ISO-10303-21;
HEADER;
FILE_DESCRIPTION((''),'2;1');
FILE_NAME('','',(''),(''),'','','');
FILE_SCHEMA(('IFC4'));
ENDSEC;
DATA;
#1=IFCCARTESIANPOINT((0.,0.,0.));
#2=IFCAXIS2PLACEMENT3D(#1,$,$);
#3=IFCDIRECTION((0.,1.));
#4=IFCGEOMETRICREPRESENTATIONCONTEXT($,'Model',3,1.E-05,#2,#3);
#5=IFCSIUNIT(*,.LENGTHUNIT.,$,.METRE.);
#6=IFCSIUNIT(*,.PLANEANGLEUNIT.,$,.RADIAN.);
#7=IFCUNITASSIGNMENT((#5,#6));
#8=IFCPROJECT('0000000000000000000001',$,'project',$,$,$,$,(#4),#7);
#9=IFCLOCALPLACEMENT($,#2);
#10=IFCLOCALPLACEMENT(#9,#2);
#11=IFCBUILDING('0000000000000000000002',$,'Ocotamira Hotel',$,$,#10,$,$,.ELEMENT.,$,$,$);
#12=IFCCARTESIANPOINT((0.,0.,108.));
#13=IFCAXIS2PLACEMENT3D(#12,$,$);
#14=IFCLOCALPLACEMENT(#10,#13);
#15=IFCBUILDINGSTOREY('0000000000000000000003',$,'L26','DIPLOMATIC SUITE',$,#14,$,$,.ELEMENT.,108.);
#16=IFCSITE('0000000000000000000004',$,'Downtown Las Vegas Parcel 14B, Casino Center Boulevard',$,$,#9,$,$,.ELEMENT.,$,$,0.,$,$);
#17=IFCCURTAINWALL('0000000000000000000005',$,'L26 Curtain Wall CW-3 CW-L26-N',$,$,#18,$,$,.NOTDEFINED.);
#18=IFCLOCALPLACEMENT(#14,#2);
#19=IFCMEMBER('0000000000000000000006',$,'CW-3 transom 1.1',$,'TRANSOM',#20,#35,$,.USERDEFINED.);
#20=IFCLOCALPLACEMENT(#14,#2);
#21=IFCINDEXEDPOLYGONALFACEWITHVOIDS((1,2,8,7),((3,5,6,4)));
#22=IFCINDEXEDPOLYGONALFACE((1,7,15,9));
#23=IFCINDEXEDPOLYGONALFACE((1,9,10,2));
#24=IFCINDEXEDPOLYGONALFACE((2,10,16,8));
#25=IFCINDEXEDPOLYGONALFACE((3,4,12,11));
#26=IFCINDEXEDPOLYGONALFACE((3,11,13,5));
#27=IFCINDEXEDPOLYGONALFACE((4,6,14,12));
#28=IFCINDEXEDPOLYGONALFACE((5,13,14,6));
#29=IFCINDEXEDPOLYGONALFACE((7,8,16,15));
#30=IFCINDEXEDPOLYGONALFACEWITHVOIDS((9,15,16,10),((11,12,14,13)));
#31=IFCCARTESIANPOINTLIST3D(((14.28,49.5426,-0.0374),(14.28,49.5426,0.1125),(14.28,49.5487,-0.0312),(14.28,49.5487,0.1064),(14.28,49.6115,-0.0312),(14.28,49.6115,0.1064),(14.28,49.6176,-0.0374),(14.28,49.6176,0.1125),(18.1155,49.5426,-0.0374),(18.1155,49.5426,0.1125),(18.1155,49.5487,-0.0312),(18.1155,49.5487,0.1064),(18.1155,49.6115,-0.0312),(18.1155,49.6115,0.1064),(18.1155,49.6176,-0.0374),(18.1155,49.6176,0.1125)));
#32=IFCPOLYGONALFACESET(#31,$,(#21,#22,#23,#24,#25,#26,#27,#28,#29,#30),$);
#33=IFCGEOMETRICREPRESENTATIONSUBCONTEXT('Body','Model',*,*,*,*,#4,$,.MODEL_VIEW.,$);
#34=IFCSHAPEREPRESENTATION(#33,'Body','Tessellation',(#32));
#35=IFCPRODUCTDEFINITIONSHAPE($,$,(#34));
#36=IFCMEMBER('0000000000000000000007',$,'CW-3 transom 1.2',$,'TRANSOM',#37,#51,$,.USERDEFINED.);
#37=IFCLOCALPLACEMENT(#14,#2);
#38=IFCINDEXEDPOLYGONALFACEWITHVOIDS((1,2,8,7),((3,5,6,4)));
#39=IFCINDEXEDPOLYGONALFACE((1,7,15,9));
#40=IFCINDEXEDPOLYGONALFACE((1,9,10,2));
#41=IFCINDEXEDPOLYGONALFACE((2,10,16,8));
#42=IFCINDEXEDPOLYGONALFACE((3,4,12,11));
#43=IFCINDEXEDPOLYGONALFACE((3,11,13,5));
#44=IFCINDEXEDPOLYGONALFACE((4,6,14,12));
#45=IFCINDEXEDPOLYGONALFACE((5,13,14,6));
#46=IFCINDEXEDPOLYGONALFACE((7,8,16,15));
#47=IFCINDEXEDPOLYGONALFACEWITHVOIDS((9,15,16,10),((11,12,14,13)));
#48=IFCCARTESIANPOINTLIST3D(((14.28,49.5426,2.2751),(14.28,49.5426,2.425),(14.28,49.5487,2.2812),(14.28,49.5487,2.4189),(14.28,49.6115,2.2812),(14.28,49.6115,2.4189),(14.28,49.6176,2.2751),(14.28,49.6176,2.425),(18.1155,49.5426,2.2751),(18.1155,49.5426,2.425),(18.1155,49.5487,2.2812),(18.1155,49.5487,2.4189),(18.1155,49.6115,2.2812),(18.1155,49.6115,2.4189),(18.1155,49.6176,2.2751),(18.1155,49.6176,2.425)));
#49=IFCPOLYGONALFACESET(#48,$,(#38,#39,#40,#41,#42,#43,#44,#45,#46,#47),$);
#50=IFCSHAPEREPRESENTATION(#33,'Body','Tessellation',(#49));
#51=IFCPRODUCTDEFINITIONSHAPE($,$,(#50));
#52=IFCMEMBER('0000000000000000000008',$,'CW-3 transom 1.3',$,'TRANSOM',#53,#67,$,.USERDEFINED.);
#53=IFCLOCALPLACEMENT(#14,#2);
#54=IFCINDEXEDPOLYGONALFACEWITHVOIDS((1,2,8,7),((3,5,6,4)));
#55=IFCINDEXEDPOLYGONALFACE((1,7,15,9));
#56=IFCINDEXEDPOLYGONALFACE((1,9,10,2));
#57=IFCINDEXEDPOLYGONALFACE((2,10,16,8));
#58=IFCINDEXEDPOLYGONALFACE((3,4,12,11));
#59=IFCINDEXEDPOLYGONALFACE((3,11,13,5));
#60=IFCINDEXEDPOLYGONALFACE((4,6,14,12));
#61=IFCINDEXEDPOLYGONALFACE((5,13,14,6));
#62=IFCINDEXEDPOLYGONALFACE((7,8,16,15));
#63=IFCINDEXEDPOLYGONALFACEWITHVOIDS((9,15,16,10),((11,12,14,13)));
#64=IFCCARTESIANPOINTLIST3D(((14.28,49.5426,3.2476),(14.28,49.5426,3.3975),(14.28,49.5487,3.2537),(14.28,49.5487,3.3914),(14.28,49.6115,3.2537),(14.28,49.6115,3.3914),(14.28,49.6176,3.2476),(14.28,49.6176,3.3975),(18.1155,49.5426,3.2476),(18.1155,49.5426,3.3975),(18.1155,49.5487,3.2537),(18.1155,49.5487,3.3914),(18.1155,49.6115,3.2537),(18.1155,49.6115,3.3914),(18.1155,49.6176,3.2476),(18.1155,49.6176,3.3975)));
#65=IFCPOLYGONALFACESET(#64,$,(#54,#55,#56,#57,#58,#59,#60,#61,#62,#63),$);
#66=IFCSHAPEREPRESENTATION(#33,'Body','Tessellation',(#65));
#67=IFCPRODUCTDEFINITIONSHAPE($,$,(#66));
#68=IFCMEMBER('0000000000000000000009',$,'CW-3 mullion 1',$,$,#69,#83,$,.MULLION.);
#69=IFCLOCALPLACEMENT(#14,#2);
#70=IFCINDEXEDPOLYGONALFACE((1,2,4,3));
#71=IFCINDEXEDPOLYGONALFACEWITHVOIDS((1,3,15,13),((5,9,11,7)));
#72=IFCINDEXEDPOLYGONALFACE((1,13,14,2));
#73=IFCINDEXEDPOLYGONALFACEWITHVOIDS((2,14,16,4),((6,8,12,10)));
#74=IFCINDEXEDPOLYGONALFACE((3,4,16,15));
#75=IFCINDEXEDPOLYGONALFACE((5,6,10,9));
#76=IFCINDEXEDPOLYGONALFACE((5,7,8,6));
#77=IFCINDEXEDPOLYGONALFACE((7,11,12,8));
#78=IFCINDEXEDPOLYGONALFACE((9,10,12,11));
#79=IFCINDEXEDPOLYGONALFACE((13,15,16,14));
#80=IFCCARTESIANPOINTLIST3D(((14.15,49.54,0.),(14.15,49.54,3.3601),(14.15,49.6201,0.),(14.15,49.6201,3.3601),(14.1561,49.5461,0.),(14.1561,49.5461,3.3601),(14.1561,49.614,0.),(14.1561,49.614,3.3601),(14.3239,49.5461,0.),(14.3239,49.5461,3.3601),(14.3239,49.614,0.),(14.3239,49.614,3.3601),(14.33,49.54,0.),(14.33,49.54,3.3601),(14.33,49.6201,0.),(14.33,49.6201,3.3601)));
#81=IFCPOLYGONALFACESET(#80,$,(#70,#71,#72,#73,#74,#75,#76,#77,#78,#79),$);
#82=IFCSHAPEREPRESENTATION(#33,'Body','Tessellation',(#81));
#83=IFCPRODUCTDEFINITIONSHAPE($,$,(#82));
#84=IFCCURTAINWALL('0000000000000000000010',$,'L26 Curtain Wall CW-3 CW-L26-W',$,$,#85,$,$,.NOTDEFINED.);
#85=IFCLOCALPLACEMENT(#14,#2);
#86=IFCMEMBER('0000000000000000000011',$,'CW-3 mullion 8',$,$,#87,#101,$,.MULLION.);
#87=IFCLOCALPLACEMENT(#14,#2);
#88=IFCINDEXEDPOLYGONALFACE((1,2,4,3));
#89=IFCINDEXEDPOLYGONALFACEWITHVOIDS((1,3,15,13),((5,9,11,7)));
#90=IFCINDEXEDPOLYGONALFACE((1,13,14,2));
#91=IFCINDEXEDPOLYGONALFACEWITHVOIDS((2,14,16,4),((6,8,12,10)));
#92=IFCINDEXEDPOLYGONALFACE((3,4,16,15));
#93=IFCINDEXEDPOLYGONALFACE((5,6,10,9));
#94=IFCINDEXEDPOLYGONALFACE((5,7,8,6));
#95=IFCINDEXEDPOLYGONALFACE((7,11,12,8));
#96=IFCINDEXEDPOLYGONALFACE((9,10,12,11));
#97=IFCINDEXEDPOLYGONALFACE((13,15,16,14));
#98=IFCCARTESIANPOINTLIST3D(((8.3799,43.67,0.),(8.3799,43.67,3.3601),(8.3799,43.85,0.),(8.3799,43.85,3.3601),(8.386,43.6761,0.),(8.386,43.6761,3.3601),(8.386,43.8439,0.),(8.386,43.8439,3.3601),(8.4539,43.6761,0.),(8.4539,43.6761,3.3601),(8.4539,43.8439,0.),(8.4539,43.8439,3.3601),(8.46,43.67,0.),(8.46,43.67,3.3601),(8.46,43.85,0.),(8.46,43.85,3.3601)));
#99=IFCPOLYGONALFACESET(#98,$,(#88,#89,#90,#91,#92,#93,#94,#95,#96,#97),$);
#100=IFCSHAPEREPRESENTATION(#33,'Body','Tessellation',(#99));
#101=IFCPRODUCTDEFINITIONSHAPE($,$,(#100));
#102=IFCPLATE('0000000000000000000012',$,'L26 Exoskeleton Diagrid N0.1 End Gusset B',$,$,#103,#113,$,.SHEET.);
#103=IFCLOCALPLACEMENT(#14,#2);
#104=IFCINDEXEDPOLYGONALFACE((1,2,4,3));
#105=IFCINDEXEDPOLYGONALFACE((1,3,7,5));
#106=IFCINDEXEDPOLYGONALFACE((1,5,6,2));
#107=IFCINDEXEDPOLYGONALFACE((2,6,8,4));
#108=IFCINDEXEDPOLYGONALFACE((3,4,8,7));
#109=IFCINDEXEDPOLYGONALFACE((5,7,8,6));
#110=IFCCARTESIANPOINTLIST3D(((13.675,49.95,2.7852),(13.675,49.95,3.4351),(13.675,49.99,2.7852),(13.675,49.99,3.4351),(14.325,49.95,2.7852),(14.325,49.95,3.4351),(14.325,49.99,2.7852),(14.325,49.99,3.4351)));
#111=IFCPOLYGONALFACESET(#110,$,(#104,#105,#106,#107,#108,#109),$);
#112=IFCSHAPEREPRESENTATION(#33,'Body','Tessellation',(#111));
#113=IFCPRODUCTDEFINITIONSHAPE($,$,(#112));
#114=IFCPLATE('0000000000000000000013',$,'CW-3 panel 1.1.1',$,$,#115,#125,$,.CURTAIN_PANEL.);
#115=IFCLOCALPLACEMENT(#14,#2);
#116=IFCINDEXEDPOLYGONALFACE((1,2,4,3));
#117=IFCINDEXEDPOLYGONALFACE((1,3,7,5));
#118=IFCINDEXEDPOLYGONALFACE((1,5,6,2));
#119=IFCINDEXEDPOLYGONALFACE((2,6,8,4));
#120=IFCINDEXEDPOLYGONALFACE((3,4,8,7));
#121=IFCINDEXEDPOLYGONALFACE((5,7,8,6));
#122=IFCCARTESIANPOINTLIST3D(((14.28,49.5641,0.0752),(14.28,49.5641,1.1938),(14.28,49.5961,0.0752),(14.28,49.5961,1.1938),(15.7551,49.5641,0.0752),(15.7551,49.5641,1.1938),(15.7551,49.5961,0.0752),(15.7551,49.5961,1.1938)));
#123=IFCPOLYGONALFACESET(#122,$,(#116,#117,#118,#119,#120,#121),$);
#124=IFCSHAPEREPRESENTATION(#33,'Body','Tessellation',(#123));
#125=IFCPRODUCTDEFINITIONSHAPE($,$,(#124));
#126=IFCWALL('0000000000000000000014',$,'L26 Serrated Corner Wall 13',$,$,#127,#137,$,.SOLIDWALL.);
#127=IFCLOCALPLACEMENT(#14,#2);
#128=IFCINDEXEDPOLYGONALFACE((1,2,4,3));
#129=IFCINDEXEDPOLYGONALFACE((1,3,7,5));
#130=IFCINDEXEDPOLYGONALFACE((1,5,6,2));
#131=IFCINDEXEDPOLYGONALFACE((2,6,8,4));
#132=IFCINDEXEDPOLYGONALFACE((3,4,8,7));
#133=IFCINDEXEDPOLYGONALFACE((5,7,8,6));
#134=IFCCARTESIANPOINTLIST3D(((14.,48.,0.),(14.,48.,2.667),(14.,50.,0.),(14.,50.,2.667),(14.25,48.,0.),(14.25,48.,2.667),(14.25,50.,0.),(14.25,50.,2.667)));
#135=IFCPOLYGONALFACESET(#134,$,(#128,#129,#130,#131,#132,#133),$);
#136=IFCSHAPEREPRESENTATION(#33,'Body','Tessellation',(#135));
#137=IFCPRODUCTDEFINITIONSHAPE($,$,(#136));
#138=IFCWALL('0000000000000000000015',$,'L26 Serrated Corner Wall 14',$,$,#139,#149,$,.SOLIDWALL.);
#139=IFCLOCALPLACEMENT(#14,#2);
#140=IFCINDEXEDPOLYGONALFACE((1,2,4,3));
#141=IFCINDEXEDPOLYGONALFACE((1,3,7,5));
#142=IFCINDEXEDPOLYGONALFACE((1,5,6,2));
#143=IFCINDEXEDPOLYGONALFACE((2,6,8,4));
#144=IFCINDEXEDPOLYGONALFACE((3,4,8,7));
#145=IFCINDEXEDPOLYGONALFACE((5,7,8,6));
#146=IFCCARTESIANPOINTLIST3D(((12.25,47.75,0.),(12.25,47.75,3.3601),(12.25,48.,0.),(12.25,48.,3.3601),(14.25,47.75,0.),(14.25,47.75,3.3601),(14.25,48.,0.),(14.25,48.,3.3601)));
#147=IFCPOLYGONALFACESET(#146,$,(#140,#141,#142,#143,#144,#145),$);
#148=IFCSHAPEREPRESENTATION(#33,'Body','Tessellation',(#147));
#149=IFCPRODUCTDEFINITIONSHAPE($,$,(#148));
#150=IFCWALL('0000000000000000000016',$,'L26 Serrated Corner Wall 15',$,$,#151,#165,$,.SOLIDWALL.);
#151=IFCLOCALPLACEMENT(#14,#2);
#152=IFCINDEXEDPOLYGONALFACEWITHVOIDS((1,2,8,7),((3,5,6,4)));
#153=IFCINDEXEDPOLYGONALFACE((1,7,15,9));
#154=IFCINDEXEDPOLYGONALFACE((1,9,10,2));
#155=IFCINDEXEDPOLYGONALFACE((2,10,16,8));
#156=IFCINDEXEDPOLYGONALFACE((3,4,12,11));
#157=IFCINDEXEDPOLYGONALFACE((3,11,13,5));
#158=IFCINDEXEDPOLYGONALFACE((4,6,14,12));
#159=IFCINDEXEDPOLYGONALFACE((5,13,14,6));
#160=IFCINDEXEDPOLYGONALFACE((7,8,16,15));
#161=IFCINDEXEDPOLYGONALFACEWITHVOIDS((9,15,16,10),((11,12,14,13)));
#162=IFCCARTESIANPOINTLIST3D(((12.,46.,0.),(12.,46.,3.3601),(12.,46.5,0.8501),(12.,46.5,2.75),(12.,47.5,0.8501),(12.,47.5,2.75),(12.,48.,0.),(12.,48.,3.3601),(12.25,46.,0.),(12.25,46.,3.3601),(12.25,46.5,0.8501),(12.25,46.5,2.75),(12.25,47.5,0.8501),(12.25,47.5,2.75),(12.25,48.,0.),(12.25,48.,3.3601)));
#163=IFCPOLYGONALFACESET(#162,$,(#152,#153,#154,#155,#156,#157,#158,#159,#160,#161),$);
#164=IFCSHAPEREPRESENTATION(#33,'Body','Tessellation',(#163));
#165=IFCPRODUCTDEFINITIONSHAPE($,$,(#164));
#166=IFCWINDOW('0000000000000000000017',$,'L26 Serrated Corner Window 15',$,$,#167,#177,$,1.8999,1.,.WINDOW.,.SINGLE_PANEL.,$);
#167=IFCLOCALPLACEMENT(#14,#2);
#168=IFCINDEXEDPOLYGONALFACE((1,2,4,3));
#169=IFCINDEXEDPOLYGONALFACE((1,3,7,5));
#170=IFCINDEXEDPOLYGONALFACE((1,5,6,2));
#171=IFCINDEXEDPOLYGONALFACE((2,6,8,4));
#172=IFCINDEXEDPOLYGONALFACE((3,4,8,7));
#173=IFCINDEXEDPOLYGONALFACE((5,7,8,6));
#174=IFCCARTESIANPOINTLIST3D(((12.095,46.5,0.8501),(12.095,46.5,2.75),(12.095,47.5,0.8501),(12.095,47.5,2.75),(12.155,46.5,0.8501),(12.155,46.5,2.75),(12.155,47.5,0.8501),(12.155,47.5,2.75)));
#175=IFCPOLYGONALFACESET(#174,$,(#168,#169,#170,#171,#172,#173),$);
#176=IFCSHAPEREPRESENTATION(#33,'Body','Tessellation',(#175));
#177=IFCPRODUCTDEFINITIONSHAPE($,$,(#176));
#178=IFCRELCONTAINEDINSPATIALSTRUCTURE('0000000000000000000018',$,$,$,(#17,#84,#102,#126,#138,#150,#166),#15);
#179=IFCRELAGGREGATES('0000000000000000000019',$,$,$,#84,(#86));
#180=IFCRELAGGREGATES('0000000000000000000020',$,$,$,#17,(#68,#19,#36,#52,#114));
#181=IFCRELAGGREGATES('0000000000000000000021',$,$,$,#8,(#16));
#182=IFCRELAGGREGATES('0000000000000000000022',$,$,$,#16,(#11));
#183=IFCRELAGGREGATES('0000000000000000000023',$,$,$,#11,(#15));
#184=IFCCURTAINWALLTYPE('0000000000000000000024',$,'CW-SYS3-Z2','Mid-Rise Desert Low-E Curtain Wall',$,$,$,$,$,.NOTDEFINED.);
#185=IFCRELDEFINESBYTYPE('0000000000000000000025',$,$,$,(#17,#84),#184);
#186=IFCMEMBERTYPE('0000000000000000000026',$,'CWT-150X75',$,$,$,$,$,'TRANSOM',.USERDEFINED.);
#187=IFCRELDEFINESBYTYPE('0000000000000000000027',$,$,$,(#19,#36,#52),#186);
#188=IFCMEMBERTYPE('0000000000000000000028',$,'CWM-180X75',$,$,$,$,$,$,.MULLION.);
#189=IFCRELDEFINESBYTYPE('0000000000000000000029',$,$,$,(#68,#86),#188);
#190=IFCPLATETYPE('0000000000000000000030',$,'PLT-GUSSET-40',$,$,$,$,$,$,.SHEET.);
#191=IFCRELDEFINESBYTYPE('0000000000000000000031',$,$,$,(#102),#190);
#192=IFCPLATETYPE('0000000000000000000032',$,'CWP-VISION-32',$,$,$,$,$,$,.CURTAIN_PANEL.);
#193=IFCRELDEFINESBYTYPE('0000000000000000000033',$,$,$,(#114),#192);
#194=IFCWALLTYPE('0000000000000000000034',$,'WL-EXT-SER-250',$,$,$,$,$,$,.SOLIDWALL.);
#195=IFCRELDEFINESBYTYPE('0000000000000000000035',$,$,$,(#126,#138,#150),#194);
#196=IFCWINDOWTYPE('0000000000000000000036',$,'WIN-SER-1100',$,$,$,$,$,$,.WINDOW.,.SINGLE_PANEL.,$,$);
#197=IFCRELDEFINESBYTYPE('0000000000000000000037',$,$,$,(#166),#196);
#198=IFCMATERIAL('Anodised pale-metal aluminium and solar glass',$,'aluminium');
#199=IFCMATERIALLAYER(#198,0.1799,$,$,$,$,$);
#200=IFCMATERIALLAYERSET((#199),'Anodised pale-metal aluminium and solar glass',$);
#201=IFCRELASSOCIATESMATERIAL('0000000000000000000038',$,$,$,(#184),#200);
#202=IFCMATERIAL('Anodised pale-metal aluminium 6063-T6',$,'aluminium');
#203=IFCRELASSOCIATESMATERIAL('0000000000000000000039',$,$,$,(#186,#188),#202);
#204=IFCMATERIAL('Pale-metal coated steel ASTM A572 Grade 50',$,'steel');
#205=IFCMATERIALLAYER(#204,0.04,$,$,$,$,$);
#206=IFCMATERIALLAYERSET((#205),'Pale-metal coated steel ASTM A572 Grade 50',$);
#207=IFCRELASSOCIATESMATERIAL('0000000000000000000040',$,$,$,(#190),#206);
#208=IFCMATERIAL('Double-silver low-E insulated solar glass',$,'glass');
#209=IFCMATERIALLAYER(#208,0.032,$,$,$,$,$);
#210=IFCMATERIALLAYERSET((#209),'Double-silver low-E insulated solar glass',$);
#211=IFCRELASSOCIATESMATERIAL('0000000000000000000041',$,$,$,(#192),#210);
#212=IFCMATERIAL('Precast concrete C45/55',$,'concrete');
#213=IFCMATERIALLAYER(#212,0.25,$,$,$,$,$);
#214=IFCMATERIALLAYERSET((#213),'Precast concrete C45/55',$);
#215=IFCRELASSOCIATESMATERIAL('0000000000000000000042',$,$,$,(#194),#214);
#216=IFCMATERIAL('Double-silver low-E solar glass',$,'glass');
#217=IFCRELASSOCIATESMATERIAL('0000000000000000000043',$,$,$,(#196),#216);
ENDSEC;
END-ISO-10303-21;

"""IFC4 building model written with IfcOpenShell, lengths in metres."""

from ifc_helpers import new_model, si_unit, direction, frame, frame_2d, origin, origin_2d, place, context, subcontext, project, spatial, rectangle, hollow_rectangle, extrude, source, transform, mapped, material, layer, layer_set, material_profile, profile_set, type_object, element, fill, aggregate, save


model = new_model("IFC4")

# Units and contexts
model_context = context("Model", 3, precision=1e-05, world=origin(), true_north=direction((0.0, 1.0)))
body_context = subcontext(model_context, "Body", "Model", "MODEL_VIEW")
ifc_project = project(units=[si_unit("LENGTHUNIT", "METRE"), si_unit("PLANEANGLEUNIT", "RADIAN")], contexts=[model_context])

# Site, building, storey
site_placement = place(None, origin())
site = spatial("IfcSite", under=ifc_project, at=site_placement, Name="Downtown Las Vegas Parcel 14B, Casino Center Boulevard", CompositionType="ELEMENT", RefElevation=0.0)
building_placement = place(site_placement, origin())
building = spatial("IfcBuilding", under=site, at=building_placement, Name="Ocotamira Hotel", CompositionType="ELEMENT")
storey_placement = place(building_placement, frame((0.0, 0.0, 108.0)))
storey = spatial("IfcBuildingStorey", under=building, at=storey_placement, Name="L26", Description="DIPLOMATIC SUITE", CompositionType="ELEMENT", Elevation=108.0)

# Curtain wall, members
ifc_material_1 = material(Name="Anodised pale-metal aluminium and solar glass", Category="aluminium")
ifc_layer_1 = layer(ifc_material_1, 0.1799)
ifc_layer_set_1 = layer_set([ifc_layer_1], Name="Anodised pale-metal aluminium and solar glass")
curtain_wall_type = type_object("IfcCurtainWallType", Name="CW-SYS3-Z2", Description="Mid-Rise Desert Low-E Curtain Wall", PredefinedType="NOTDEFINED", material=ifc_layer_set_1)
curtain_wall_1_placement = place(storey_placement, origin())
curtain_wall_1 = element("IfcCurtainWall", 1, at=curtain_wall_1_placement, inside=storey, type_object=curtain_wall_type, Name="L26 Curtain Wall CW-3 CW-L26-N", PredefinedType="NOTDEFINED")
ifc_material_2 = material(Name="Anodised pale-metal aluminium 6063-T6", Category="aluminium")
ifc_material_profile_1 = material_profile(ifc_material_2, hollow_rectangle(XDim=0.075, YDim=0.1499, WallThickness=0.0061, at=origin_2d()), Name="HSS150X75X6")
ifc_profile_set_1 = profile_set([ifc_material_profile_1], Name="Anodised pale-metal aluminium 6063-T6")
member_type_1 = type_object("IfcMemberType", Name="CWT-150X75", ElementType="TRANSOM", PredefinedType="USERDEFINED", material=ifc_profile_set_1)
shared_shape_1 = source(origin(), body_context, "Body", "SweptSolid", [
    extrude(hollow_rectangle(XDim=0.075, YDim=0.1499, WallThickness=0.0061, at=origin_2d()), origin(), (0.0, 0.0, 1.0), 3.8354),
])
member_1_placement = place(storey_placement, frame((14.28, 49.5801, 0.0376), z_axis=(1.0, 0.0, 0.0), x_axis=(0.0, 1.0, 0.0)))
member_1 = element("IfcMember", 2, at=member_1_placement, type_object=member_type_1, Name="CW-3 transom 1.1", ObjectType="TRANSOM", PredefinedType="USERDEFINED", context=body_context, shape_type="MappedRepresentation", body=[
    mapped(shared_shape_1, transform((0.0, 0.0, 0.0), scale=1.0)),
])
member_2_placement = place(storey_placement, frame((14.28, 49.5801, 2.3501), z_axis=(1.0, 0.0, 0.0), x_axis=(0.0, 1.0, 0.0)))
member_2 = element("IfcMember", 3, at=member_2_placement, type_object=member_type_1, Name="CW-3 transom 1.2", ObjectType="TRANSOM", PredefinedType="USERDEFINED", context=body_context, shape_type="MappedRepresentation", body=[
    mapped(shared_shape_1, transform((0.0, 0.0, 0.0), scale=1.0)),
])
member_3_placement = place(storey_placement, frame((14.28, 49.5801, 3.3225), z_axis=(1.0, 0.0, 0.0), x_axis=(0.0, 1.0, 0.0)))
member_3 = element("IfcMember", 4, at=member_3_placement, type_object=member_type_1, Name="CW-3 transom 1.3", ObjectType="TRANSOM", PredefinedType="USERDEFINED", context=body_context, shape_type="MappedRepresentation", body=[
    mapped(shared_shape_1, transform((0.0, 0.0, 0.0), scale=1.0)),
])
ifc_material_profile_2 = material_profile(ifc_material_2, hollow_rectangle(XDim=0.0801, YDim=0.1799, WallThickness=0.0061, at=origin_2d()), Name="HSS180X80X6")
ifc_profile_set_2 = profile_set([ifc_material_profile_2], Name="Anodised pale-metal aluminium 6063-T6")
member_type_2 = type_object("IfcMemberType", Name="CWM-180X75", PredefinedType="MULLION", material=ifc_profile_set_2)
shared_shape_2 = source(origin(), body_context, "Body", "SweptSolid", [
    extrude(hollow_rectangle(XDim=0.0801, YDim=0.1799, WallThickness=0.0061, at=origin_2d()), origin(), (0.0, 0.0, 1.0), 3.3601),
])
member_4_placement = place(storey_placement, frame((14.24, 49.5801, 0.0), z_axis=(0.0, 0.0, 1.0), x_axis=(0.0, 1.0, 0.0)))
member_4 = element("IfcMember", 5, at=member_4_placement, type_object=member_type_2, Name="CW-3 mullion 1", PredefinedType="MULLION", context=body_context, shape_type="MappedRepresentation", body=[
    mapped(shared_shape_2, transform((0.0, 0.0, 0.0), scale=1.0)),
])

# Curtain wall, member
curtain_wall_2_placement = place(storey_placement, origin())
curtain_wall_2 = element("IfcCurtainWall", 6, at=curtain_wall_2_placement, inside=storey, type_object=curtain_wall_type, Name="L26 Curtain Wall CW-3 CW-L26-W", PredefinedType="NOTDEFINED")
member_5_placement = place(storey_placement, frame((8.4199, 43.76, 0.0), z_axis=(0.0, 0.0, 1.0), x_axis=(-1.0, 0.0, 0.0)))
member_5 = element("IfcMember", 7, at=member_5_placement, type_object=member_type_2, Name="CW-3 mullion 8", PredefinedType="MULLION", context=body_context, shape_type="MappedRepresentation", body=[
    mapped(shared_shape_2, transform((0.0, 0.0, 0.0), scale=1.0)),
])
aggregate(curtain_wall_2, [member_5])

# Plates
ifc_material_3 = material(Name="Pale-metal coated steel ASTM A572 Grade 50", Category="steel")
ifc_layer_2 = layer(ifc_material_3, 0.04)
ifc_layer_set_2 = layer_set([ifc_layer_2], Name="Pale-metal coated steel ASTM A572 Grade 50")
plate_type_1 = type_object("IfcPlateType", Name="PLT-GUSSET-40", PredefinedType="SHEET", material=ifc_layer_set_2)
shared_shape_3 = source(origin(), body_context, "Body", "SweptSolid", [
    extrude(rectangle(XDim=0.6499, YDim=0.04, at=origin_2d()), origin(), (0.0, 0.0, 1.0), 0.6499),
])
plate_1_placement = place(storey_placement, frame((14.0, 49.97, 2.7852), z_axis=(0.0, 0.0, 1.0), x_axis=(-1.0, 0.0, 0.0)))
element("IfcPlate", 8, at=plate_1_placement, inside=storey, type_object=plate_type_1, Name="L26 Exoskeleton Diagrid N0.1 End Gusset B", PredefinedType="SHEET", context=body_context, shape_type="MappedRepresentation", body=[
    mapped(shared_shape_3, transform((0.0, 0.0, 0.0), scale=1.0)),
])
ifc_material_4 = material(Name="Double-silver low-E insulated solar glass", Category="glass")
ifc_layer_3 = layer(ifc_material_4, 0.032)
ifc_layer_set_3 = layer_set([ifc_layer_3], Name="Double-silver low-E insulated solar glass")
plate_type_2 = type_object("IfcPlateType", Name="CWP-VISION-32", PredefinedType="CURTAIN_PANEL", material=ifc_layer_set_3)
shared_shape_4 = source(origin(), body_context, "Body", "SweptSolid", [
    extrude(rectangle(XDim=1.4751, YDim=0.032, at=origin_2d()), origin(), (0.0, 0.0, 1.0), 1.1187),
])
plate_2_placement = place(storey_placement, frame((15.0176, 49.5801, 0.0752), z_axis=(0.0, 0.0, 1.0), x_axis=(1.0, 0.0, 0.0)))
plate_2 = element("IfcPlate", 9, at=plate_2_placement, type_object=plate_type_2, Name="CW-3 panel 1.1.1", PredefinedType="CURTAIN_PANEL", context=body_context, shape_type="MappedRepresentation", body=[
    mapped(shared_shape_4, transform((0.0, 0.0, 0.0), scale=1.0)),
])
aggregate(curtain_wall_1, [member_4, member_1, member_2, member_3, plate_2])

# Walls
ifc_material_5 = material(Name="Precast concrete C45/55", Category="concrete")
ifc_layer_4 = layer(ifc_material_5, 0.25)
ifc_layer_set_4 = layer_set([ifc_layer_4], Name="Precast concrete C45/55")
wall_type = type_object("IfcWallType", Name="WL-EXT-SER-250", PredefinedType="SOLIDWALL", material=ifc_layer_set_4)
wall_1_placement = place(storey_placement, frame((14.125, 50.0, 0.0), z_axis=(0.0, 0.0, 1.0), x_axis=(0.0, -1.0, 0.0)))
element("IfcWall", 10, at=wall_1_placement, inside=storey, type_object=wall_type, Name="L26 Serrated Corner Wall 13", PredefinedType="SOLIDWALL", context=body_context, shape_type="SweptSolid", body=[
    extrude(rectangle(XDim=2.0, YDim=0.25, at=frame_2d((1.0, 0.0))), origin(), (0.0, 0.0, 1.0), 2.667),
])
wall_2_placement = place(storey_placement, frame((14.25, 47.875, 0.0), z_axis=(0.0, 0.0, 1.0), x_axis=(-1.0, 0.0, 0.0)))
element("IfcWall", 11, at=wall_2_placement, inside=storey, type_object=wall_type, Name="L26 Serrated Corner Wall 14", PredefinedType="SOLIDWALL", context=body_context, shape_type="SweptSolid", body=[
    extrude(rectangle(XDim=2.0, YDim=0.25, at=frame_2d((1.0, 0.0))), origin(), (0.0, 0.0, 1.0), 3.3601),
])

# Wall, opening, window
wall_3_placement = place(storey_placement, frame((12.125, 48.0, 0.0), z_axis=(0.0, 0.0, 1.0), x_axis=(0.0, -1.0, 0.0)))
wall_3 = element("IfcWall", 12, at=wall_3_placement, inside=storey, type_object=wall_type, Name="L26 Serrated Corner Wall 15", PredefinedType="SOLIDWALL", context=body_context, shape_type="SweptSolid", body=[
    extrude(rectangle(XDim=2.0, YDim=0.25, at=frame_2d((1.0, 0.0))), origin(), (0.0, 0.0, 1.0), 3.3601),
])
opening_placement = place(wall_3_placement, frame((0.5, 0.0, 0.8501)))
opening = element("IfcOpeningElement", 13, at=opening_placement, cuts=wall_3, PredefinedType="OPENING", context=body_context, shape_type="SweptSolid", body=[
    extrude(rectangle(XDim=1.0, YDim=1.8999, at=frame_2d((0.5, 0.95))), frame((0.0, 0.135, 0.0), z_axis=(0.0, -1.0, 0.0), x_axis=(1.0, 0.0, 0.0)), (0.0, 0.0, 1.0), 0.27),
])
ifc_material_6 = material(Name="Double-silver low-E solar glass", Category="glass")
window_type = type_object("IfcWindowType", Name="WIN-SER-1100", PartitioningType="SINGLE_PANEL", PredefinedType="WINDOW", material=ifc_material_6)
shared_shape_5 = source(origin(), body_context, "Body", "SweptSolid", [
    extrude(rectangle(XDim=1.0, YDim=1.8999, at=frame_2d((0.5, 0.95))), frame((0.0, 0.03, 0.0), z_axis=(0.0, -1.0, 0.0), x_axis=(1.0, 0.0, 0.0)), (0.0, 0.0, 1.0), 0.0601),
])
window_placement = place(opening_placement, origin())
window = element("IfcWindow", 14, at=window_placement, inside=storey, type_object=window_type, Name="L26 Serrated Corner Window 15", OverallHeight=1.8999, OverallWidth=1.0, PartitioningType="SINGLE_PANEL", PredefinedType="WINDOW", context=body_context, shape_type="MappedRepresentation", body=[
    mapped(shared_shape_5, transform((0.0, 0.0, 0.0), scale=1.0)),
])
fill(opening, window)

save(model, "model.ifc")
